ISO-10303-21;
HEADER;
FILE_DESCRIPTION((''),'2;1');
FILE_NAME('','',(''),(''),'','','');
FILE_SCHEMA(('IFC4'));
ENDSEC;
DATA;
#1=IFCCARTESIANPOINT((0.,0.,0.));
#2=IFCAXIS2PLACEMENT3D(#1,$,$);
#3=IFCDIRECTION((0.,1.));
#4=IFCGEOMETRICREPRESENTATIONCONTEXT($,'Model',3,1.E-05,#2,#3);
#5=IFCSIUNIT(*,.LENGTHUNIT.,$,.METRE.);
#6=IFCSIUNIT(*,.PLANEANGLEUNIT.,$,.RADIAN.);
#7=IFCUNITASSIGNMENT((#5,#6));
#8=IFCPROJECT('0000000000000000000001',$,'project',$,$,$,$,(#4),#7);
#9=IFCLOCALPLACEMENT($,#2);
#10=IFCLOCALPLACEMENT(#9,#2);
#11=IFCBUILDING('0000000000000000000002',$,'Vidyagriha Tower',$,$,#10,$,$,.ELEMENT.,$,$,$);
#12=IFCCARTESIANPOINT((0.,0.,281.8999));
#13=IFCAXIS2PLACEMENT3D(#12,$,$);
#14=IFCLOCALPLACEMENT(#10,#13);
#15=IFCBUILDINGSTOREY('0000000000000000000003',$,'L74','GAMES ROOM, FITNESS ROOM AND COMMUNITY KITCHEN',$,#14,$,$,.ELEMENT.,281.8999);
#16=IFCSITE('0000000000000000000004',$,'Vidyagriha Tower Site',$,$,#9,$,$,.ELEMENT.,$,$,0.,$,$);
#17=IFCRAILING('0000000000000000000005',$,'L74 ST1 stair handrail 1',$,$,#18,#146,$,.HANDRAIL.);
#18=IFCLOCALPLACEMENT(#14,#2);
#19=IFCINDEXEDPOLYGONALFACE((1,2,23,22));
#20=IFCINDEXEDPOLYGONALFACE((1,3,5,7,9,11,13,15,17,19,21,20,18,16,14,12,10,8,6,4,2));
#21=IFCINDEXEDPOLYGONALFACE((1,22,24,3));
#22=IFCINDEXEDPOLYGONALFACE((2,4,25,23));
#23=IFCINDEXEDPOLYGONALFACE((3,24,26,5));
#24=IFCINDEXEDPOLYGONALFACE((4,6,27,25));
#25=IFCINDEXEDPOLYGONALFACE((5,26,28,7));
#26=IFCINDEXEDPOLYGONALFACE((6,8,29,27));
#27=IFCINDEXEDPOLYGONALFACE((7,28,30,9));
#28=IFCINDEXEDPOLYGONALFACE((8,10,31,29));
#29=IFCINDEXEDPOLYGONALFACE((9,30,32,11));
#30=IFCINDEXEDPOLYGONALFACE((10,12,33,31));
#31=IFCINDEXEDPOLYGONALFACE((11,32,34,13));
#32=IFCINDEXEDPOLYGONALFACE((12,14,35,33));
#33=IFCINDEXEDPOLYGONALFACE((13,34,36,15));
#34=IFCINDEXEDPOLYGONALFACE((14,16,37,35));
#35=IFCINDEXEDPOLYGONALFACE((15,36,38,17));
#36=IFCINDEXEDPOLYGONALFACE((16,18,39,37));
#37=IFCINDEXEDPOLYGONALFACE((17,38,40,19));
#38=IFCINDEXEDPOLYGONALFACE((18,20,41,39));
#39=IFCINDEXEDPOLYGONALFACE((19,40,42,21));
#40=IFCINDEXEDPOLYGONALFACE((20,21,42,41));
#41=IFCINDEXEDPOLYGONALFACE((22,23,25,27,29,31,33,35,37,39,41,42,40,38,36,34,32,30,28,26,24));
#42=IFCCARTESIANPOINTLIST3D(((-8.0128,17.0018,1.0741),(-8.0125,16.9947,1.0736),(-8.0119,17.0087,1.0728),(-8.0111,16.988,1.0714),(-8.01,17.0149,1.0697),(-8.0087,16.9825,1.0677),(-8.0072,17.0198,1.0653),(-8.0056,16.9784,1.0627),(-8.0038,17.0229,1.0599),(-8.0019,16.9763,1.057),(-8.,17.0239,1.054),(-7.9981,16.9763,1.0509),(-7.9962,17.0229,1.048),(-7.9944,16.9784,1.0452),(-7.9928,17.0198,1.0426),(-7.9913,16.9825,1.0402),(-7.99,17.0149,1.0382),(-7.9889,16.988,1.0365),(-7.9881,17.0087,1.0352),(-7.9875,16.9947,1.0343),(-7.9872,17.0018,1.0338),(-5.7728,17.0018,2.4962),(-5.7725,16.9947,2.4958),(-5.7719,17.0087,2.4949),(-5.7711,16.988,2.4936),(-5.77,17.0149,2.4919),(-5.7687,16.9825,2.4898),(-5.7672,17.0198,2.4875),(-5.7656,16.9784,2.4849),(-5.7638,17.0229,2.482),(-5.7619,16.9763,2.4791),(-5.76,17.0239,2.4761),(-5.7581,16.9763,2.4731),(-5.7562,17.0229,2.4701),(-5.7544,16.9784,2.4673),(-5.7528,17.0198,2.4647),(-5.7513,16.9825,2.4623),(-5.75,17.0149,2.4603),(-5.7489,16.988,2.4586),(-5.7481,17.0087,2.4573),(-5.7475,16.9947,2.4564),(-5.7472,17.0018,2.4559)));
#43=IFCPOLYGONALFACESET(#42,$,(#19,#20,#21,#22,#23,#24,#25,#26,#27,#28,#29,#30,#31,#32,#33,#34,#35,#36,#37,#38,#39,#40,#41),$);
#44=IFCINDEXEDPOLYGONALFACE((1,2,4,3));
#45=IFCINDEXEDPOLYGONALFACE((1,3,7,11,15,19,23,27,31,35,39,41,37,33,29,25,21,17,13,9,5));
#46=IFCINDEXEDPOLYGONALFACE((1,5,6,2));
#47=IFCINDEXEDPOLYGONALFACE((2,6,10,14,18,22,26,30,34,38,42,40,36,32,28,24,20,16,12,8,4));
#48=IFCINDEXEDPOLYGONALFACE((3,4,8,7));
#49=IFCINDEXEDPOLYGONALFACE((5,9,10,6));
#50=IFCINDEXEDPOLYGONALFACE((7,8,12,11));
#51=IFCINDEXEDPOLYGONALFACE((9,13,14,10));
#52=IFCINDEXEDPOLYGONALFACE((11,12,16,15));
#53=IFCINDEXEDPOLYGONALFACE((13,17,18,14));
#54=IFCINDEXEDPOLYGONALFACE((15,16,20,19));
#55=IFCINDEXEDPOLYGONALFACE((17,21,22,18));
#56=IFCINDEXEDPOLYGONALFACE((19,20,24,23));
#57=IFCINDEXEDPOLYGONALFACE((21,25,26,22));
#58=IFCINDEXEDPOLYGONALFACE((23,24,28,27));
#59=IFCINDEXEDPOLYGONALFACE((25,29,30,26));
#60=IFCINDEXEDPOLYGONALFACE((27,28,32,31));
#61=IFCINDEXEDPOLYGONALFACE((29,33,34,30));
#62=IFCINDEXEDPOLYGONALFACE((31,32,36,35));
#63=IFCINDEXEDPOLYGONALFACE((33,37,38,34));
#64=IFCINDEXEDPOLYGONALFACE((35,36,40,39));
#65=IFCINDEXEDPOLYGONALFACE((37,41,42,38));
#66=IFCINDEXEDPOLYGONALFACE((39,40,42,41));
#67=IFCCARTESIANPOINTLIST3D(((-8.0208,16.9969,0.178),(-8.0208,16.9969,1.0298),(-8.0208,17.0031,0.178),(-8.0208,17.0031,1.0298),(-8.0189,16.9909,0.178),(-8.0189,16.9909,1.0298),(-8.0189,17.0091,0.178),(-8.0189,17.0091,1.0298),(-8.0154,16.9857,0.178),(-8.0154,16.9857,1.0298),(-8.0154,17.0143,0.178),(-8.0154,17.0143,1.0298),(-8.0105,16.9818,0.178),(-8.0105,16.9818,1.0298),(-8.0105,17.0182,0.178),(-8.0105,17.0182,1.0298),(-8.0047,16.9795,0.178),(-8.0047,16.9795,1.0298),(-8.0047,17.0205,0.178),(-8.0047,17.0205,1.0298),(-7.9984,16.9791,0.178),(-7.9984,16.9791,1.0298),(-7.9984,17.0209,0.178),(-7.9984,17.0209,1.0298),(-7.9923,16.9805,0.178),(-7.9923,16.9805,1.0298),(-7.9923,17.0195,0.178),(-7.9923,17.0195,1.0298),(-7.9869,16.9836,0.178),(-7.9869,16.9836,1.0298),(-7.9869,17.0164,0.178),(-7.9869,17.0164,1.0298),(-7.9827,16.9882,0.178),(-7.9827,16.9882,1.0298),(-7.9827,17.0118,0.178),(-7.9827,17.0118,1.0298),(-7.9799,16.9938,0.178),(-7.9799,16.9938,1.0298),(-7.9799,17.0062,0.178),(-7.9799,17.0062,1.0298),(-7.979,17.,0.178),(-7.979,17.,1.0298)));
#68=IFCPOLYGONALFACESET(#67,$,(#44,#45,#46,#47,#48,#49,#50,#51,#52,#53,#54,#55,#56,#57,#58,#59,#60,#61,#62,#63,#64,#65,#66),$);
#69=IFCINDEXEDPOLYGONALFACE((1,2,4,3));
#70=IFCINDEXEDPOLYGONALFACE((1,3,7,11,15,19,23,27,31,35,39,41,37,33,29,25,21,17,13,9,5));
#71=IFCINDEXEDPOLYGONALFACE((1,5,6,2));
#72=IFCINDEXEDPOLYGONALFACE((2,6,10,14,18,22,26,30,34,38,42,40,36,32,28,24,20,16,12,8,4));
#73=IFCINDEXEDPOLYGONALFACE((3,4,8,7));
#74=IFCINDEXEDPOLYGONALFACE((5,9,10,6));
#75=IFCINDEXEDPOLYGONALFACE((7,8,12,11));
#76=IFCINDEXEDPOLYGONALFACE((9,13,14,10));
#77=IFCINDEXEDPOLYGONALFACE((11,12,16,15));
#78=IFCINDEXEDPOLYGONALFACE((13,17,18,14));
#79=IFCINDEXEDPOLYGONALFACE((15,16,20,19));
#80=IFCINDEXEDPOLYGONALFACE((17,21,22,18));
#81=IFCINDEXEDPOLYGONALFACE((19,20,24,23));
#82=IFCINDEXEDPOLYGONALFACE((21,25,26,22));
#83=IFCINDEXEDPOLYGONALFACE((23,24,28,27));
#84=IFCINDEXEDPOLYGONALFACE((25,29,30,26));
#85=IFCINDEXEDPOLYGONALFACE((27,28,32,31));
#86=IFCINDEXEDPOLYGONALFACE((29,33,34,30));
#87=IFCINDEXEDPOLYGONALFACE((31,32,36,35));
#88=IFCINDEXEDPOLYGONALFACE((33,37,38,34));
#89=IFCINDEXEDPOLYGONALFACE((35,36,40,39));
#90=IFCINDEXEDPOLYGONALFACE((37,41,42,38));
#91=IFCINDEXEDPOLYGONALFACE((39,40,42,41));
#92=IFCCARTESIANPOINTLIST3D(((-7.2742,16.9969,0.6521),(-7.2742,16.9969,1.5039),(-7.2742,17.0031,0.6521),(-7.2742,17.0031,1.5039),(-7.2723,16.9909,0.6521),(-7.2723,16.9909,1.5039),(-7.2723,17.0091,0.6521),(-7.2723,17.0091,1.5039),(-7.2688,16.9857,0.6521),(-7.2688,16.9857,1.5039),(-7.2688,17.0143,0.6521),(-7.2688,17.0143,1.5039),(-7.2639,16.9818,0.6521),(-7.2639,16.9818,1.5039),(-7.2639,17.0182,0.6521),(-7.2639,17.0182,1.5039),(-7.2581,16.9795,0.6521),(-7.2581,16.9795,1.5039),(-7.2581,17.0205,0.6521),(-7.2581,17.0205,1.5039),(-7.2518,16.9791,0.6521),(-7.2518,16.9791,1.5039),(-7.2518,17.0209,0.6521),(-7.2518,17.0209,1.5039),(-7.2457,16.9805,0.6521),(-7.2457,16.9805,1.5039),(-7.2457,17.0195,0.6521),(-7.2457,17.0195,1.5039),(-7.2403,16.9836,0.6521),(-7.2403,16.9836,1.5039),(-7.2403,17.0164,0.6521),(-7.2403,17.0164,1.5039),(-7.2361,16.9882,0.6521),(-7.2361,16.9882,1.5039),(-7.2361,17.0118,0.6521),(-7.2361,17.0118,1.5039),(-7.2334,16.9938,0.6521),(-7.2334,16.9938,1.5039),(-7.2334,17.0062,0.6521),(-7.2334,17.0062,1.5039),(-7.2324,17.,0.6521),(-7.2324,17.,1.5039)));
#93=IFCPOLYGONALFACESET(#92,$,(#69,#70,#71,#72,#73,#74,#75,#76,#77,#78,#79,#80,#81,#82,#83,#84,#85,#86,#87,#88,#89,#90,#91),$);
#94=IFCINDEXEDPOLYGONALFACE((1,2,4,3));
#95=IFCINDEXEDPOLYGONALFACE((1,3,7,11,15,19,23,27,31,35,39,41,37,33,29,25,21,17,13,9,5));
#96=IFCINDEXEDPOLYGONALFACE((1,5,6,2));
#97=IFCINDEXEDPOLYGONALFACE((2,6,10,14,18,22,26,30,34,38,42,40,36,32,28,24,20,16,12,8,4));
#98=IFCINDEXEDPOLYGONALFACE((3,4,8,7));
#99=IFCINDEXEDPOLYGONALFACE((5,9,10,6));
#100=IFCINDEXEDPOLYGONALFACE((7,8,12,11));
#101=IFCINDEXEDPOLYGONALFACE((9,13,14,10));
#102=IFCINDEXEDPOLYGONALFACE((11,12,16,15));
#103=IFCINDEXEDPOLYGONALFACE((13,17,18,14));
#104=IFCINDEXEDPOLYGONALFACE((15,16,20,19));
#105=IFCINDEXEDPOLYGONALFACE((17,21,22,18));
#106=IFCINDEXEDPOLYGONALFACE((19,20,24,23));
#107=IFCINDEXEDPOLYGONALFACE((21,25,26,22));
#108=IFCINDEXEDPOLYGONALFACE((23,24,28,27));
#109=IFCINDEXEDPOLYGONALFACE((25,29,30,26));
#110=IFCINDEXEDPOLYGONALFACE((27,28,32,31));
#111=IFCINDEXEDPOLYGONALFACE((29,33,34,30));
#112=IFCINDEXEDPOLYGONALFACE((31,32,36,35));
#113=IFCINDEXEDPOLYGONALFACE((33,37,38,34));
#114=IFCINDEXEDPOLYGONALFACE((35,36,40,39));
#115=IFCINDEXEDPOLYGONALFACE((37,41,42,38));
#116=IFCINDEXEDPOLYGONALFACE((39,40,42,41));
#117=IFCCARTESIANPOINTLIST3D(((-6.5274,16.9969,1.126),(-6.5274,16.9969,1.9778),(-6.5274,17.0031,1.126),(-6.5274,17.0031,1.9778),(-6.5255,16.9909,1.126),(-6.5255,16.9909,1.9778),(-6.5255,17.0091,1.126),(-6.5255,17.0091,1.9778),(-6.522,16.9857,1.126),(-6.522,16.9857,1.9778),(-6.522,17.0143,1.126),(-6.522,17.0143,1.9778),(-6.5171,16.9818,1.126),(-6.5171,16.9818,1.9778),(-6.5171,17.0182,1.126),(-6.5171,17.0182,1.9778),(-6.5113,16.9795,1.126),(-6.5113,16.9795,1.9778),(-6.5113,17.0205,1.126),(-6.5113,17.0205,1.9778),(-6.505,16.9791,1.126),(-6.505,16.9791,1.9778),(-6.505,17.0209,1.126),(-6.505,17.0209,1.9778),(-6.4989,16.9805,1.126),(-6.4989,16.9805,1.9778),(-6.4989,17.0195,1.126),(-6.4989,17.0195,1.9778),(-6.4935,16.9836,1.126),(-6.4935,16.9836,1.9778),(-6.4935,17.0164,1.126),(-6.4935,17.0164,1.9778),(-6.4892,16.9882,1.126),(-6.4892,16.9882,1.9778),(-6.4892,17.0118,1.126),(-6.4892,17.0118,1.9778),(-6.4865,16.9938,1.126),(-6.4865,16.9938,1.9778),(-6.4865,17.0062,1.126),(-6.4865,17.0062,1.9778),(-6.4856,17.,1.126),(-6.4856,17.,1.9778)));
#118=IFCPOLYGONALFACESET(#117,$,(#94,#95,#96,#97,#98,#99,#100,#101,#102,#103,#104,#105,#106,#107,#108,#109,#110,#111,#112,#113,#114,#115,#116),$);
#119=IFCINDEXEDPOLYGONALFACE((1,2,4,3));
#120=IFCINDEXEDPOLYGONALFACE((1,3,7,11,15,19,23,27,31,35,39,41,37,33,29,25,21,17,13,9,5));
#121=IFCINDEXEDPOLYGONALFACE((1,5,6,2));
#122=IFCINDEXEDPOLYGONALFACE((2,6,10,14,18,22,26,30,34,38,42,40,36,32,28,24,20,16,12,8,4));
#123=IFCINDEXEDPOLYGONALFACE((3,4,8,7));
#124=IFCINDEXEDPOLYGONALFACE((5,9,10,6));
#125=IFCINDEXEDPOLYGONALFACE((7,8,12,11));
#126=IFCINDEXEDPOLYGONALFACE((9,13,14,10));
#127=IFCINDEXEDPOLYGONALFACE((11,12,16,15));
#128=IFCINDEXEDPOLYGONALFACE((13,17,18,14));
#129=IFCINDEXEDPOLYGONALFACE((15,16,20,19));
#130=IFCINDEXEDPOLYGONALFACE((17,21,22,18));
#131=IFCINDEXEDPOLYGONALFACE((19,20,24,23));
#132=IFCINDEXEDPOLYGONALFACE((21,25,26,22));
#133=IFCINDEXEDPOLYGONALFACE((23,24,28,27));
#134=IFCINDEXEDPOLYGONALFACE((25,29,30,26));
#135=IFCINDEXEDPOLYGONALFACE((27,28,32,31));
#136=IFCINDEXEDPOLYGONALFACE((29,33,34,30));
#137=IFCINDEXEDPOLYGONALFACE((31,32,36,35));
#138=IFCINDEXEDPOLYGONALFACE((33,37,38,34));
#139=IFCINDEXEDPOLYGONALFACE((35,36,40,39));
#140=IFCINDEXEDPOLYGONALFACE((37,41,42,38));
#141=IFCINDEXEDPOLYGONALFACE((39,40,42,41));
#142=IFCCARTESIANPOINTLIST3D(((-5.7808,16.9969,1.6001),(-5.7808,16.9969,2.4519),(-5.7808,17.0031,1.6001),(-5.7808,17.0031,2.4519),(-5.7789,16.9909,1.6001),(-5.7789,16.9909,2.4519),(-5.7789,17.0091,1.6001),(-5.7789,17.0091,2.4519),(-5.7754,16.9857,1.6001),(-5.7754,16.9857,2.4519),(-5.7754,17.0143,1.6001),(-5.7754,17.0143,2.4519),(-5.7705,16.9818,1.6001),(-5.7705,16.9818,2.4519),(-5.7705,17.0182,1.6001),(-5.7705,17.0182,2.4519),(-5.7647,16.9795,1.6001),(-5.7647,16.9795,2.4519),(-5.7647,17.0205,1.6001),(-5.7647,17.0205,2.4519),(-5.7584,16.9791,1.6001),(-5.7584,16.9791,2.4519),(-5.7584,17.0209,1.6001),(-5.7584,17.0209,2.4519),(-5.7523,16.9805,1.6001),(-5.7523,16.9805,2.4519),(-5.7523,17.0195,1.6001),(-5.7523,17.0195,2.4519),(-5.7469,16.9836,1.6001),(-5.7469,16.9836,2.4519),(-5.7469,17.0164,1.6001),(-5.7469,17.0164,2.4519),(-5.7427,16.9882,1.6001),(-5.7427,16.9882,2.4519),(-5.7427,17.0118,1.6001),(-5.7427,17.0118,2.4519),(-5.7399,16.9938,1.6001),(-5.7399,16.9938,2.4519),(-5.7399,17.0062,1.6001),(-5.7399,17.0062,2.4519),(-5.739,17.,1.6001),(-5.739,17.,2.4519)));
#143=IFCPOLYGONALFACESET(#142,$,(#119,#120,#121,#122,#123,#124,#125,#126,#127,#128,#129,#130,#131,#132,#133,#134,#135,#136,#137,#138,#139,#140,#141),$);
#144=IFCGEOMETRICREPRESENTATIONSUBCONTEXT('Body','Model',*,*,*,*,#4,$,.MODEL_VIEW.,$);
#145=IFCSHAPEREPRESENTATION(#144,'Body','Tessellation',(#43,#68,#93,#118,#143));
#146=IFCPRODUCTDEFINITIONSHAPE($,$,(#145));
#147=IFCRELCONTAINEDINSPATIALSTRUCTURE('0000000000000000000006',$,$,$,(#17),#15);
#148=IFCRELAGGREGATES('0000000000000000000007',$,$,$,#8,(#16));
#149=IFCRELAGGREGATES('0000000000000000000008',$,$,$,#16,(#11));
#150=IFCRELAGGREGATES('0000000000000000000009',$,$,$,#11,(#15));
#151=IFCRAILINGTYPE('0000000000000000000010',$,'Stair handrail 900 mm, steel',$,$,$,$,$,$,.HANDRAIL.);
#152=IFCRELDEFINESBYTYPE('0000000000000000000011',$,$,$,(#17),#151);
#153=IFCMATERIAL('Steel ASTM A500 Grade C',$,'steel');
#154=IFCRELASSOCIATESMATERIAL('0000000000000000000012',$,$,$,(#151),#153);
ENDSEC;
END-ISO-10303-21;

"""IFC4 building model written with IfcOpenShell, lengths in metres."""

from ifc_helpers import new_model, si_unit, direction, frame, origin, origin_2d, place, context, subcontext, project, spatial, circle, extrude, material, type_object, element, save


model = new_model("IFC4")

# Units and contexts
model_context = context("Model", 3, precision=1e-05, world=origin(), true_north=direction((0.0, 1.0)))
body_context = subcontext(model_context, "Body", "Model", "MODEL_VIEW")
ifc_project = project(units=[si_unit("LENGTHUNIT", "METRE"), si_unit("PLANEANGLEUNIT", "RADIAN")], contexts=[model_context])

# Site, building, storey
site_placement = place(None, origin())
site = spatial("IfcSite", under=ifc_project, at=site_placement, Name="Vidyagriha Tower Site", CompositionType="ELEMENT", RefElevation=0.0)
building_placement = place(site_placement, origin())
building = spatial("IfcBuilding", under=site, at=building_placement, Name="Vidyagriha Tower", CompositionType="ELEMENT")
storey_placement = place(building_placement, frame((0.0, 0.0, 281.8999)))
storey = spatial("IfcBuildingStorey", under=building, at=storey_placement, Name="L74", Description="GAMES ROOM, FITNESS ROOM AND COMMUNITY KITCHEN", CompositionType="ELEMENT", Elevation=281.8999)

# Railing
ifc_material_1 = material(Name="Steel ASTM A500 Grade C", Category="steel")
railing_type_1 = type_object("IfcRailingType", Name="Stair handrail 900 mm, steel", PredefinedType="HANDRAIL", material=ifc_material_1)
for number, where, name in (
    (1, (-8.0, 17.0, 0.178), "L74 ST1 stair handrail 1"),
):
    element("IfcRailing", number, at=place(storey_placement, frame(where)), inside=storey, type_object=railing_type_1, Name=name, PredefinedType="HANDRAIL", context=body_context, shape_type="SweptSolid", body=[
        extrude(circle(Radius=0.0239, at=origin_2d()), frame((0.0, 0.0, 0.876), z_axis=(0.844229, 0.0, 0.535982), x_axis=(0.0, 1.0, 0.0)), (0.0, 0.0, 1.0), 2.6533),
        extrude(circle(Radius=0.021, at=origin_2d()), origin(), (0.0, 0.0, 1.0), 0.8518),
        extrude(circle(Radius=0.021, at=origin_2d()), frame((0.7466, 0.0, 0.4741)), (0.0, 0.0, 1.0), 0.8518),
        extrude(circle(Radius=0.021, at=origin_2d()), frame((1.4934, 0.0, 0.948)), (0.0, 0.0, 1.0), 0.8518),
        extrude(circle(Radius=0.021, at=origin_2d()), frame((2.24, 0.0, 1.4221)), (0.0, 0.0, 1.0), 0.8518),
    ])

save(model, "model.ifc")
